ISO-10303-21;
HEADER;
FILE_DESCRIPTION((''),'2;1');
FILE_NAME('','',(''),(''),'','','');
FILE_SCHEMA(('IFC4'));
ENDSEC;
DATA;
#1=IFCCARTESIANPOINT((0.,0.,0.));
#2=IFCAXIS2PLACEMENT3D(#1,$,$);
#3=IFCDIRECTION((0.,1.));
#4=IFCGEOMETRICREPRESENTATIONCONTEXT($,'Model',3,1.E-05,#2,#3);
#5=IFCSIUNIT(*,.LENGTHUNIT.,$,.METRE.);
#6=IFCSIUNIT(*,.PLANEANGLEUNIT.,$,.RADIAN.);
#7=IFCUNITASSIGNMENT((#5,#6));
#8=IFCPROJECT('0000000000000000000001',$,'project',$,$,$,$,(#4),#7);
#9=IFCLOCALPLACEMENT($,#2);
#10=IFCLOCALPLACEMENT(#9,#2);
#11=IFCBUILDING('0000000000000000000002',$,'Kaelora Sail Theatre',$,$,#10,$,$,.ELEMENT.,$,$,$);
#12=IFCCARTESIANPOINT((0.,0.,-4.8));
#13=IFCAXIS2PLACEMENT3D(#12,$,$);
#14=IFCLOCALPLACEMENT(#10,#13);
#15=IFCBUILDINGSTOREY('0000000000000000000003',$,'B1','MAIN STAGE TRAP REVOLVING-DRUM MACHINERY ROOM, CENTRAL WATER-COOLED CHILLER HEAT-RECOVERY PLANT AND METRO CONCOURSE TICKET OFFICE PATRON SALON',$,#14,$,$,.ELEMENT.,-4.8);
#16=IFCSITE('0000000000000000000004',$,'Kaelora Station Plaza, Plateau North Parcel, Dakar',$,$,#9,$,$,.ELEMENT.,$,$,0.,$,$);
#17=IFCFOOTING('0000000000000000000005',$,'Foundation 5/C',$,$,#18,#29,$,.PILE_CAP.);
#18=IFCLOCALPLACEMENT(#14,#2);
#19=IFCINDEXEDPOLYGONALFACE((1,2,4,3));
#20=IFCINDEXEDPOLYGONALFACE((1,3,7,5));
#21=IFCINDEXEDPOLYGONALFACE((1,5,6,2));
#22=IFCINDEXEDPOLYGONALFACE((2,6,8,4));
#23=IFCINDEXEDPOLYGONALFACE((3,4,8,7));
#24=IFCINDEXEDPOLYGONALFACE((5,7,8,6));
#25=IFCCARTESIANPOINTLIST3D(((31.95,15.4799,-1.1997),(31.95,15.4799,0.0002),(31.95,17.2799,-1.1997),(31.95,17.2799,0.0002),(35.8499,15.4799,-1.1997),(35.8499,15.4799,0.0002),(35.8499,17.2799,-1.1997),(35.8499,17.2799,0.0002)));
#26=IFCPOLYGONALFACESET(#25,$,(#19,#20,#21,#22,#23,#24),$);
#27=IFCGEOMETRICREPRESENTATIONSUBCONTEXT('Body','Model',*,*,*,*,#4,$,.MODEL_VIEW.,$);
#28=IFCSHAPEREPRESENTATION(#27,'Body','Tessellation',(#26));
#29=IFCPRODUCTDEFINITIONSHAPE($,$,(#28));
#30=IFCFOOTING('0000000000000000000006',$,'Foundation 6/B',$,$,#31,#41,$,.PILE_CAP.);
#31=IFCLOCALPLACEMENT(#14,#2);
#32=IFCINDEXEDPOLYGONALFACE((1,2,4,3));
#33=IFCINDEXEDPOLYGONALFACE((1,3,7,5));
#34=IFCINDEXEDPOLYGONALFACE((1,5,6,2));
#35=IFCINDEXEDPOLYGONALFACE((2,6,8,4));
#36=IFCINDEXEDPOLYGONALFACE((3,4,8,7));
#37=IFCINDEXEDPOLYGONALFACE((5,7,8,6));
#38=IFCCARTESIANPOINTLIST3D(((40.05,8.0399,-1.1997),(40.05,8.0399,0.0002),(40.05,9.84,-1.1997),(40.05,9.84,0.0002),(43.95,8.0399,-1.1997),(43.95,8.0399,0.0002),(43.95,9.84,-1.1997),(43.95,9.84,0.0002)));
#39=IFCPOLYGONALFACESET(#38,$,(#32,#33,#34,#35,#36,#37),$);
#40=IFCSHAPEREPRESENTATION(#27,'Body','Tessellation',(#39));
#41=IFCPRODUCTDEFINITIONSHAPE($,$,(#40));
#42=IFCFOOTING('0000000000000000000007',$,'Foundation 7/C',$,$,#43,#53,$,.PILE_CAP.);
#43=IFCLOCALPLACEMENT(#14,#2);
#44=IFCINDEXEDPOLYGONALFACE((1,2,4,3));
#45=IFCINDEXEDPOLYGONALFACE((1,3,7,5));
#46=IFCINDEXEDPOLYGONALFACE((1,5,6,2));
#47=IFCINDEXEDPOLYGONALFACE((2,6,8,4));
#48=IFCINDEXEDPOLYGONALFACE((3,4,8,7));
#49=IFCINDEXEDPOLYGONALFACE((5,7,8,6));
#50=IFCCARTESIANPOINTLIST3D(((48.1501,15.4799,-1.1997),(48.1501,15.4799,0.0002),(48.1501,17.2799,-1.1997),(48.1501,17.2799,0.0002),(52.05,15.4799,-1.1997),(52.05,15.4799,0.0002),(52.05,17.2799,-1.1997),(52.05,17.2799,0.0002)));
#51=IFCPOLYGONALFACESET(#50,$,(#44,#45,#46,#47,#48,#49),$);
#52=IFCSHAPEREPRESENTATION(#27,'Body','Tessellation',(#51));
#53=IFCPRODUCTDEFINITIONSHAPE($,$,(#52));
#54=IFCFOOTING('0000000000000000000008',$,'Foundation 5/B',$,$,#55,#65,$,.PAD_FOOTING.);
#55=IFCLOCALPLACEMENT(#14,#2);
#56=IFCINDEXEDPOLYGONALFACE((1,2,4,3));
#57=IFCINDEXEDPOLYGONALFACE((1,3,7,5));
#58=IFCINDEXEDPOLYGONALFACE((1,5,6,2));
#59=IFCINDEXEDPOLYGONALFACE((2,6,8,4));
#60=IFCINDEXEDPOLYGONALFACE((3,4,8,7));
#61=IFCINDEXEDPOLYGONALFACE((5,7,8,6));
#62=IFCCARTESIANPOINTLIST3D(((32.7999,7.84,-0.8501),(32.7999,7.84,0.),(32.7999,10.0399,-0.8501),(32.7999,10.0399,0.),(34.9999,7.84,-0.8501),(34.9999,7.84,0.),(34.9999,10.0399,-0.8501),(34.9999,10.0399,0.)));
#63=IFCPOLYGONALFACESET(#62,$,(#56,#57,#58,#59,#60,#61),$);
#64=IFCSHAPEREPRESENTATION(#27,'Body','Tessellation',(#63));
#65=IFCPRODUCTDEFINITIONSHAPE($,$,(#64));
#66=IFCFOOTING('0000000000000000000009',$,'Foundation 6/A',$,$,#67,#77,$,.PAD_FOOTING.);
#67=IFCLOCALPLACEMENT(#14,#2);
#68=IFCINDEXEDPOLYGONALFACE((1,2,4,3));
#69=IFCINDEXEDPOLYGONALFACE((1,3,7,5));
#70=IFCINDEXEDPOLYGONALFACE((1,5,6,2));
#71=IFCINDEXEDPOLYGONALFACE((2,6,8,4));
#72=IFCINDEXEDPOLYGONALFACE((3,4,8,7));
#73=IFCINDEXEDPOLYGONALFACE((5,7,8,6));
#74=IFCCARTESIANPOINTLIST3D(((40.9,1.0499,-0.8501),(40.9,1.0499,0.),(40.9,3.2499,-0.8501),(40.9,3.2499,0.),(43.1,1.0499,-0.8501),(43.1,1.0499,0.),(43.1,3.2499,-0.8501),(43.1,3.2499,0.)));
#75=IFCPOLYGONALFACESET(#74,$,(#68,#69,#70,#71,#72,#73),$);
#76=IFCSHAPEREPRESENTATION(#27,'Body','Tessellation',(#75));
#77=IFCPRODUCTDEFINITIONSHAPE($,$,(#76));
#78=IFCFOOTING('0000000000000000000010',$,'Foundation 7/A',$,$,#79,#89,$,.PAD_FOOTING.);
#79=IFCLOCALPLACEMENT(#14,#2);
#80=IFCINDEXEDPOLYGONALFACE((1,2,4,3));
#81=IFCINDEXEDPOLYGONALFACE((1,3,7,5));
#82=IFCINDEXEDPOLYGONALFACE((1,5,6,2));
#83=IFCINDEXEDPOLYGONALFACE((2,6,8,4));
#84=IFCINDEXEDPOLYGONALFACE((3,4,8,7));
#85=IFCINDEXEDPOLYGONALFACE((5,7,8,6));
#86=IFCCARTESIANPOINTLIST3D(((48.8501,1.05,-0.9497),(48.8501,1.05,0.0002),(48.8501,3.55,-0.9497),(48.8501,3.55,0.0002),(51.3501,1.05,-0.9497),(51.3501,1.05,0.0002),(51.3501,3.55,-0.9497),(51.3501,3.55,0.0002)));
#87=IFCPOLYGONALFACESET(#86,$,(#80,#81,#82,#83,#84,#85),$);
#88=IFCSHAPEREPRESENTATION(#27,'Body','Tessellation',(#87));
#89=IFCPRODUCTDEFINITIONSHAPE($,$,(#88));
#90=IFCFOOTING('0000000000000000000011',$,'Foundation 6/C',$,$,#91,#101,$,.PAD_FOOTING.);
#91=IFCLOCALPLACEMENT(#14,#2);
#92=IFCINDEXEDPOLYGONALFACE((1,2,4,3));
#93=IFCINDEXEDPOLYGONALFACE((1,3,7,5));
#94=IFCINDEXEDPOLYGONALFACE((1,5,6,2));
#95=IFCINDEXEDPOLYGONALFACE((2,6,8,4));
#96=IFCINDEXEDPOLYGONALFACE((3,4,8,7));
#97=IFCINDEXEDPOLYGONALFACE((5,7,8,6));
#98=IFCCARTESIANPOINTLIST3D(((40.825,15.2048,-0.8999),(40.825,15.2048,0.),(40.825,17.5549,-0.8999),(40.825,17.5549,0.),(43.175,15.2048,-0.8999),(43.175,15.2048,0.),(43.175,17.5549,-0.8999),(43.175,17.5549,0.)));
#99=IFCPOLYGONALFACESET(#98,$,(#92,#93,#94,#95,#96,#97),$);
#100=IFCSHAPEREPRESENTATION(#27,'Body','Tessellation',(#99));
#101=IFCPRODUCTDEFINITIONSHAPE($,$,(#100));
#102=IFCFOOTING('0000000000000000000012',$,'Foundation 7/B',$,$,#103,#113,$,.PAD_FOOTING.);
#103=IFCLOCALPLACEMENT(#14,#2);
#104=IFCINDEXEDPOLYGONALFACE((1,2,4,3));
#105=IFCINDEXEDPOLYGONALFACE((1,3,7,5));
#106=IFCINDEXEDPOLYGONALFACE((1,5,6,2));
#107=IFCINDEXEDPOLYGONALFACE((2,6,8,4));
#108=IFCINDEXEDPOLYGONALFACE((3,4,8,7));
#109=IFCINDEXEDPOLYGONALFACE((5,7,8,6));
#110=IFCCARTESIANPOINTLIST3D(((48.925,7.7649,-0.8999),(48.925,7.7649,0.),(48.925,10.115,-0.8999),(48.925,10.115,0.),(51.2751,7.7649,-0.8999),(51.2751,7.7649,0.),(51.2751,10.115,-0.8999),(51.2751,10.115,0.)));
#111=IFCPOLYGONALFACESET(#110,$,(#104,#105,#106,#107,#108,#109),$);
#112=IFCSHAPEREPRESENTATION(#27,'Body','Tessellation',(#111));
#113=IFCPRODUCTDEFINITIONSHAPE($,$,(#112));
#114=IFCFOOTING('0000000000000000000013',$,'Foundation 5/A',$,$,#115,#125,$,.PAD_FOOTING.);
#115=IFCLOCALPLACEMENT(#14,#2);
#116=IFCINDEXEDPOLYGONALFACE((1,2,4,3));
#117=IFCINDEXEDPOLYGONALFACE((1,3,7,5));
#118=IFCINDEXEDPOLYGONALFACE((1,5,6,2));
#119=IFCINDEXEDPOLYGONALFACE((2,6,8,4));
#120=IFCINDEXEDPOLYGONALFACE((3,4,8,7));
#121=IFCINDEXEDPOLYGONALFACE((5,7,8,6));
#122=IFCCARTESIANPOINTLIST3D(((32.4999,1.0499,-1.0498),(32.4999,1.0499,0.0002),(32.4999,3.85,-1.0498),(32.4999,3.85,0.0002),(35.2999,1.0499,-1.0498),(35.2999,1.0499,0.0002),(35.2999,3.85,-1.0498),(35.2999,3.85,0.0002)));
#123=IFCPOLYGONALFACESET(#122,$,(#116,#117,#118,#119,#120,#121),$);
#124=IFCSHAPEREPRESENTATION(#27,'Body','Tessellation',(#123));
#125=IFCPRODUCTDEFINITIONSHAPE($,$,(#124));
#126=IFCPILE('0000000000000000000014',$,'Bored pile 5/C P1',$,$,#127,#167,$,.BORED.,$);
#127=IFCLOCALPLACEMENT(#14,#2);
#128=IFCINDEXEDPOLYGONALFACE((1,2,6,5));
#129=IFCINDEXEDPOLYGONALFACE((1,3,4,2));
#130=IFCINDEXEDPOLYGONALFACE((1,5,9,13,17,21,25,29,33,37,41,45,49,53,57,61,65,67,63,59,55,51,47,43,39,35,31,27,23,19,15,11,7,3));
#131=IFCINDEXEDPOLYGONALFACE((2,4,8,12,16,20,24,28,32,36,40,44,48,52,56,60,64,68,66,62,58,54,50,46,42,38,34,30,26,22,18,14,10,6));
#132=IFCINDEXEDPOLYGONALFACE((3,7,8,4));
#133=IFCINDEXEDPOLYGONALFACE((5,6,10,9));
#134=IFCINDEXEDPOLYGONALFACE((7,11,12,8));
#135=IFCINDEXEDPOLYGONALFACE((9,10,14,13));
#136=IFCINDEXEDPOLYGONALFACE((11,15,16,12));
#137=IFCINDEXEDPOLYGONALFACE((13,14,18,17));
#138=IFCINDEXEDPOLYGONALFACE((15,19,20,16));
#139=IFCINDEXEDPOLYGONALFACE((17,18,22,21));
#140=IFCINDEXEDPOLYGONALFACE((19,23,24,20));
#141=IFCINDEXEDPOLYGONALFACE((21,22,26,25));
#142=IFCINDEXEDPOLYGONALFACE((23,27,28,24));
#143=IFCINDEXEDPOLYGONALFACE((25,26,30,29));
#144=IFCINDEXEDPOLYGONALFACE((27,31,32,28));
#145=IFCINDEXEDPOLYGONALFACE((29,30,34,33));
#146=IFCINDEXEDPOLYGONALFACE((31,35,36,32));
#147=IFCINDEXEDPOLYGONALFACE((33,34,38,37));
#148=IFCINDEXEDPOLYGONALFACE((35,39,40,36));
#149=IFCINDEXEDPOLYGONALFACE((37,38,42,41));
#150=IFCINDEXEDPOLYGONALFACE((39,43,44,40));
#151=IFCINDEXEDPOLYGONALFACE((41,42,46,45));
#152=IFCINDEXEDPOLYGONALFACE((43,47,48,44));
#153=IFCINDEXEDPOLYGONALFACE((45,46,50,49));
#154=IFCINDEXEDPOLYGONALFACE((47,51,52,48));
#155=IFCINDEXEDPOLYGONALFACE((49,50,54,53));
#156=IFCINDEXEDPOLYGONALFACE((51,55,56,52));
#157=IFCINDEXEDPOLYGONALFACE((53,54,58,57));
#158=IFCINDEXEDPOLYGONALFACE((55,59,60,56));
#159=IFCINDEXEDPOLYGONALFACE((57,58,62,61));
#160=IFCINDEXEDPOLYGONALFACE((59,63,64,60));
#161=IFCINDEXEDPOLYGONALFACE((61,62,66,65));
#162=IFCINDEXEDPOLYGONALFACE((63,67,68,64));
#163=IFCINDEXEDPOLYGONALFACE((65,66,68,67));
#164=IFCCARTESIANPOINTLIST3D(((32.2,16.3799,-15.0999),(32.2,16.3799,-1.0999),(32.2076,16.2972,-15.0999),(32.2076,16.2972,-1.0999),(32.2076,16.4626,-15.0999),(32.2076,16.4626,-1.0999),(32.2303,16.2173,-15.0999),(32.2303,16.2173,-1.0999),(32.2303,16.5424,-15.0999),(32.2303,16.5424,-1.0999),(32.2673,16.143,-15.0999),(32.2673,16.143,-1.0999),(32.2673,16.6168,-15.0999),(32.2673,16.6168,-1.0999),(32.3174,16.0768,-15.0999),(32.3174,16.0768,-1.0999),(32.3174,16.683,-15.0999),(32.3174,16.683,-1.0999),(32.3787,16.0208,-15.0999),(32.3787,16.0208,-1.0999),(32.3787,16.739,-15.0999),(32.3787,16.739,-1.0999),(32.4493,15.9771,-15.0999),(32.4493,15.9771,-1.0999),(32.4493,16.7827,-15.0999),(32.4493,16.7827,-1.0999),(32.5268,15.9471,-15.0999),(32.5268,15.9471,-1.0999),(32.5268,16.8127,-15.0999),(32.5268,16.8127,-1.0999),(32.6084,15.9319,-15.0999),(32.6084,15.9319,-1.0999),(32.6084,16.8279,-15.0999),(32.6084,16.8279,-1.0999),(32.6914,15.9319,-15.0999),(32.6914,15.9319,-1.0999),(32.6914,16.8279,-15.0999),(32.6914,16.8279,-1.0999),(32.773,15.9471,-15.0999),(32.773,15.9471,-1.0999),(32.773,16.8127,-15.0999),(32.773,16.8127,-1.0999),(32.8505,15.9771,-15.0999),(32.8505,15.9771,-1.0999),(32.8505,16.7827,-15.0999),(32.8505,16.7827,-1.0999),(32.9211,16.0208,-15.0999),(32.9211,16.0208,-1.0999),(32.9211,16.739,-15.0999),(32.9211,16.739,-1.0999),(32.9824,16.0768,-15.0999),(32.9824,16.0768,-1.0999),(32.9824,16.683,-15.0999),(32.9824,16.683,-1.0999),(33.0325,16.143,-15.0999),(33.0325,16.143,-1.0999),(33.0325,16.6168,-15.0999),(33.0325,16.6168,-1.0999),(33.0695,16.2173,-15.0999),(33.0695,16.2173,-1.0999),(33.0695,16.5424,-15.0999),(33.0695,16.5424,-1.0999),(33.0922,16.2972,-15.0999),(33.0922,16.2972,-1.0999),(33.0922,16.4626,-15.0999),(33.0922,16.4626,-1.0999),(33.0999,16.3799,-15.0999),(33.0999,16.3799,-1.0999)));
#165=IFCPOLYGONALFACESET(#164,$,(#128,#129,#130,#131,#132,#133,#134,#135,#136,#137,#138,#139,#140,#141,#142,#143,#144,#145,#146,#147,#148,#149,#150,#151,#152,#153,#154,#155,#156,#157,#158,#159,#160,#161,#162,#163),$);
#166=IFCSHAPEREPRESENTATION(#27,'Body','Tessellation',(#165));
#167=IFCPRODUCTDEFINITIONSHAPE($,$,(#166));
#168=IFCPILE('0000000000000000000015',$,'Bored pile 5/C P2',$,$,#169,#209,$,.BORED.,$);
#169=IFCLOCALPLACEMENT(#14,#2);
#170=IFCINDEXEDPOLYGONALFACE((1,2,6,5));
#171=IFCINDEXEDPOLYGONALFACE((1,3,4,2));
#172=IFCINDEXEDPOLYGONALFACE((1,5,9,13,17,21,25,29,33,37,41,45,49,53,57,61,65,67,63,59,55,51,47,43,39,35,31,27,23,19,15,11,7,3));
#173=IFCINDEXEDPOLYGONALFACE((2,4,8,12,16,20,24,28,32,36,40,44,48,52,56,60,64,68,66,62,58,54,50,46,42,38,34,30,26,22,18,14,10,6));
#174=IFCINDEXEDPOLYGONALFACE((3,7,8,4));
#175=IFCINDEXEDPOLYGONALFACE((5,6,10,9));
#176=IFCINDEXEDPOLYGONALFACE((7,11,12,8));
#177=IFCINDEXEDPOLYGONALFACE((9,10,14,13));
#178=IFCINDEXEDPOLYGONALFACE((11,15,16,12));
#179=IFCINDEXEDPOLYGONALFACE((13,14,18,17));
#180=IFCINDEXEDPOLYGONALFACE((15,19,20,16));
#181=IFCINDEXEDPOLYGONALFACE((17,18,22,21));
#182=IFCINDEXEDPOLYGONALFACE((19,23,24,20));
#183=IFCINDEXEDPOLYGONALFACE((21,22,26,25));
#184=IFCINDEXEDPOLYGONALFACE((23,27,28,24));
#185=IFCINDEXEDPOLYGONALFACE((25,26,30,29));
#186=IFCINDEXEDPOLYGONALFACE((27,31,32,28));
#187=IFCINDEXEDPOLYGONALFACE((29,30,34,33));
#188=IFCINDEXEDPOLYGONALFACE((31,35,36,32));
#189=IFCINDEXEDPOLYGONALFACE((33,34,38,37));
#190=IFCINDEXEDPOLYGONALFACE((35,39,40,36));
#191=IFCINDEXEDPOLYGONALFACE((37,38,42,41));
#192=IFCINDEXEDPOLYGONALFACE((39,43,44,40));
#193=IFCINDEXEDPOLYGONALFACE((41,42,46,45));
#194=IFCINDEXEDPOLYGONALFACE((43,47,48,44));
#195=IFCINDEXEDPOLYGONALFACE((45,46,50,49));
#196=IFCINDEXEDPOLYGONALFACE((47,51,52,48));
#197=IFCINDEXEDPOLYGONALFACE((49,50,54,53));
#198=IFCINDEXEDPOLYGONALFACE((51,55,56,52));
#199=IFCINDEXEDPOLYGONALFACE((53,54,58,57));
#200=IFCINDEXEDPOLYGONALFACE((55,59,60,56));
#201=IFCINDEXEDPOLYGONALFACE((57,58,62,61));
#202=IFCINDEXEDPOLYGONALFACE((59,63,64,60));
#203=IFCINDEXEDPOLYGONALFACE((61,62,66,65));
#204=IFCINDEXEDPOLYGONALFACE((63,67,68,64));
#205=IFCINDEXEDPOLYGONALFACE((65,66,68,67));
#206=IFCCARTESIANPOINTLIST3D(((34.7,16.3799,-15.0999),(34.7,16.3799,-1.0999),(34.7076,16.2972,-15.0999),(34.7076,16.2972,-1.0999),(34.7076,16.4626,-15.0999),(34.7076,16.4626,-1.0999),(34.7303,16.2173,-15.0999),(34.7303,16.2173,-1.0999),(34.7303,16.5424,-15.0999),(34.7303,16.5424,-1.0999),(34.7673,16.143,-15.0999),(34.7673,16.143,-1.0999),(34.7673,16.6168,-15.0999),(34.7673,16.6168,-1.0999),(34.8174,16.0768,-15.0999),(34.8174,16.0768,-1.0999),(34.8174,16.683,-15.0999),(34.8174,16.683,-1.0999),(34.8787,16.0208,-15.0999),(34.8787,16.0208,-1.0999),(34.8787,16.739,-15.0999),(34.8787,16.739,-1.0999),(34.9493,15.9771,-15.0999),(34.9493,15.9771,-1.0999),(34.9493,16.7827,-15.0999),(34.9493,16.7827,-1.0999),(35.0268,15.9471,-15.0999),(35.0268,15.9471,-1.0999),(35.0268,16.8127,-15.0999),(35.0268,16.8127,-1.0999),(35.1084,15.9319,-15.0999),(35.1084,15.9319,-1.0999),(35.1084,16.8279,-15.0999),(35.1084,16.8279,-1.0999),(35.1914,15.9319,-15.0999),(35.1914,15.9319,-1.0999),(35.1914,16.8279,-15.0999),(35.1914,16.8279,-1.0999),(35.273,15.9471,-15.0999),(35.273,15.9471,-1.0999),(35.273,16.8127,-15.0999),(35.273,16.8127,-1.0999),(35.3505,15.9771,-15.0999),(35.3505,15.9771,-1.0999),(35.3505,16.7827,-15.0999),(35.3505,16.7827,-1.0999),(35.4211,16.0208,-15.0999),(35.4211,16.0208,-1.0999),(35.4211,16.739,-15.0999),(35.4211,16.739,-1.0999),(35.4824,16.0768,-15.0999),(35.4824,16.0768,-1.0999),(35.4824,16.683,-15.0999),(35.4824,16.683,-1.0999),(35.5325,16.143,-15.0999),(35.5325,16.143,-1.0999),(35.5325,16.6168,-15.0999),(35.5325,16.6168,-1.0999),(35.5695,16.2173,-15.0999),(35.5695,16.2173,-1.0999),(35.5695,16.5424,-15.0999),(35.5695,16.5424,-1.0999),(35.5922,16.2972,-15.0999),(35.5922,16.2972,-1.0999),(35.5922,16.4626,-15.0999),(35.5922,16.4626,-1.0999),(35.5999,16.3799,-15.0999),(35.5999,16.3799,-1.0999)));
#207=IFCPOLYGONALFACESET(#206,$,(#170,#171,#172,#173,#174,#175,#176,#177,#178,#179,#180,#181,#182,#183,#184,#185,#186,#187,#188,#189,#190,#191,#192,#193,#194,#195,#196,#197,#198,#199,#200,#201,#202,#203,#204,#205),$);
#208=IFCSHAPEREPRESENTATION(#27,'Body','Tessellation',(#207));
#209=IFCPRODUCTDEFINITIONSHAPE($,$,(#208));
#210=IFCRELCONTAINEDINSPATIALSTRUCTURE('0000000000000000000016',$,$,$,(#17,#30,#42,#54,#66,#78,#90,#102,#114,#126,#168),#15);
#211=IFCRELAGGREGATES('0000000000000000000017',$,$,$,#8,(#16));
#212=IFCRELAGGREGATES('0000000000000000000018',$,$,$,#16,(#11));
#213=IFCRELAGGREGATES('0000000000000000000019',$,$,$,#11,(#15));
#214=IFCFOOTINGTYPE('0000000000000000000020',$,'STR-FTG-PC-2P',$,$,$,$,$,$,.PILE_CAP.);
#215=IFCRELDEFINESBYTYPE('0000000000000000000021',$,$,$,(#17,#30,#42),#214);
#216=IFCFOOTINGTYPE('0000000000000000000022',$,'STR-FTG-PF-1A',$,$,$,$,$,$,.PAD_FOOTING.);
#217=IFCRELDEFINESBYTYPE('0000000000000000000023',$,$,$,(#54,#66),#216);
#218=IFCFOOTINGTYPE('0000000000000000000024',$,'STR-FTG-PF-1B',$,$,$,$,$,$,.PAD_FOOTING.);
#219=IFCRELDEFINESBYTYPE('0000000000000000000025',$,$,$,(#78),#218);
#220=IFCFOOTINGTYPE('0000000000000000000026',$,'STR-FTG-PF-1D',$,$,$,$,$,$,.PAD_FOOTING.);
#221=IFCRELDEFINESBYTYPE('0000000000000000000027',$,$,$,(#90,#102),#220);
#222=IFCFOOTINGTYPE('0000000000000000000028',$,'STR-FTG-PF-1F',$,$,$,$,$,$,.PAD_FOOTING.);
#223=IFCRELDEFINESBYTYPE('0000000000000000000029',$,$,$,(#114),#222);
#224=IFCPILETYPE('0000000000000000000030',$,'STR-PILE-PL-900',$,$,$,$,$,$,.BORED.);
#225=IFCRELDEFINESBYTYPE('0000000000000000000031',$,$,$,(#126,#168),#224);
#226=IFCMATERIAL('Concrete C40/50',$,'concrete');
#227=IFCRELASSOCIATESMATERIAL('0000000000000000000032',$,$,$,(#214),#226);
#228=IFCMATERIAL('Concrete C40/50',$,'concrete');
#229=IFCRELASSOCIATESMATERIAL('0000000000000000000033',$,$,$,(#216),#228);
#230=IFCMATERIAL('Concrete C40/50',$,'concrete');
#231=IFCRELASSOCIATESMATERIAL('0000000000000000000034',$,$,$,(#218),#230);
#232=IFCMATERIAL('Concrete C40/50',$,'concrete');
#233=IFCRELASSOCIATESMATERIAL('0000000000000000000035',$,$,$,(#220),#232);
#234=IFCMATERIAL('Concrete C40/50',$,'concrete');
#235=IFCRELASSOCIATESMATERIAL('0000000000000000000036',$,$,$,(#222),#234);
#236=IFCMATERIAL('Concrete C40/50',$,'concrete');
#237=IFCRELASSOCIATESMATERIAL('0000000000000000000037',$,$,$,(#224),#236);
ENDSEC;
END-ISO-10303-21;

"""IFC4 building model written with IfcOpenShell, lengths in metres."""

from ifc_helpers import new_model, si_unit, direction, frame, origin, origin_2d, place, context, subcontext, project, spatial, rectangle, circle, extrude, material, material_profile, profile_set, type_object, element, save


model = new_model("IFC4")

# Units and contexts
model_context = context("Model", 3, precision=1e-05, world=origin(), true_north=direction((0.0, 1.0)))
body_context = subcontext(model_context, "Body", "Model", "MODEL_VIEW")
ifc_project = project(units=[si_unit("LENGTHUNIT", "METRE"), si_unit("PLANEANGLEUNIT", "RADIAN")], contexts=[model_context])

# Site, building, storey
site_placement = place(None, origin())
site = spatial("IfcSite", under=ifc_project, at=site_placement, Name="Kaelora Station Plaza, Plateau North Parcel, Dakar", CompositionType="ELEMENT", RefElevation=0.0)
building_placement = place(site_placement, origin())
building = spatial("IfcBuilding", under=site, at=building_placement, Name="Kaelora Sail Theatre", CompositionType="ELEMENT")
storey_placement = place(building_placement, frame((0.0, 0.0, -4.8)))
storey = spatial("IfcBuildingStorey", under=building, at=storey_placement, Name="B1", Description="MAIN STAGE TRAP REVOLVING-DRUM MACHINERY ROOM, CENTRAL WATER-COOLED CHILLER HEAT-RECOVERY PLANT AND METRO CONCOURSE TICKET OFFICE PATRON SALON", CompositionType="ELEMENT", Elevation=-4.8)

# Footings
ifc_material_1 = material(Name="Concrete C40/50", Category="concrete")
footing_type_1 = type_object("IfcFootingType", Name="STR-FTG-PC-2P", PredefinedType="PILE_CAP", material=ifc_material_1)
for number, where, z_axis, x_axis, name in (
    (1, (33.8999, 16.3799, -1.1997), (0.0, 0.0, 1.0), (1.0, 0.0, 0.0), "Foundation 5/C"),
    (2, (42.0, 8.9399, -1.1997), (0.0, 0.0, 1.0), (1.0, 0.0, 0.0), "Foundation 6/B"),
    (3, (50.1001, 16.3799, -1.1997), (0.0, 0.0, 1.0), (1.0, 0.0, 0.0), "Foundation 7/C"),
):
    element("IfcFooting", number, at=place(storey_placement, frame(where, z_axis=z_axis, x_axis=x_axis)), inside=storey, type_object=footing_type_1, Name=name, PredefinedType="PILE_CAP", context=body_context, shape_type="SweptSolid", body=[
        extrude(rectangle(XDim=3.8999, YDim=1.8, at=origin_2d()), origin(), (0.0, 0.0, 1.0), 1.2),
    ])
ifc_material_2 = material(Name="Concrete C40/50", Category="concrete")
footing_type_2 = type_object("IfcFootingType", Name="STR-FTG-PF-1A", PredefinedType="PAD_FOOTING", material=ifc_material_2)
for number, where, z_axis, x_axis, name in (
    (4, (33.8999, 8.9399, -0.8501), (0.0, 0.0, 1.0), (1.0, 0.0, 0.0), "Foundation 5/B"),
    (5, (42.0, 2.1499, -0.8501), (0.0, 0.0, 1.0), (1.0, 0.0, 0.0), "Foundation 6/A"),
):
    element("IfcFooting", number, at=place(storey_placement, frame(where, z_axis=z_axis, x_axis=x_axis)), inside=storey, type_object=footing_type_2, Name=name, PredefinedType="PAD_FOOTING", context=body_context, shape_type="SweptSolid", body=[
        extrude(rectangle(XDim=2.2, YDim=2.2, at=origin_2d()), origin(), (0.0, 0.0, 1.0), 0.8501),
    ])
ifc_material_3 = material(Name="Concrete C40/50", Category="concrete")
footing_type_3 = type_object("IfcFootingType", Name="STR-FTG-PF-1B", PredefinedType="PAD_FOOTING", material=ifc_material_3)
footing_1_placement = place(storey_placement, frame((50.1001, 2.3, -0.9497), z_axis=(0.0, 0.0, 1.0), x_axis=(1.0, 0.0, 0.0)))
element("IfcFooting", 6, at=footing_1_placement, inside=storey, type_object=footing_type_3, Name="Foundation 7/A", PredefinedType="PAD_FOOTING", context=body_context, shape_type="SweptSolid", body=[
    extrude(rectangle(XDim=2.5, YDim=2.5, at=origin_2d()), origin(), (0.0, 0.0, 1.0), 0.95),
])
ifc_material_4 = material(Name="Concrete C40/50", Category="concrete")
footing_type_4 = type_object("IfcFootingType", Name="STR-FTG-PF-1D", PredefinedType="PAD_FOOTING", material=ifc_material_4)
for number, where, z_axis, x_axis, name in (
    (7, (42.0, 16.3799, -0.8999), (0.0, 0.0, 1.0), (1.0, 0.0, 0.0), "Foundation 6/C"),
    (8, (50.1001, 8.9399, -0.8999), (0.0, 0.0, 1.0), (1.0, 0.0, 0.0), "Foundation 7/B"),
):
    element("IfcFooting", number, at=place(storey_placement, frame(where, z_axis=z_axis, x_axis=x_axis)), inside=storey, type_object=footing_type_4, Name=name, PredefinedType="PAD_FOOTING", context=body_context, shape_type="SweptSolid", body=[
        extrude(rectangle(XDim=2.3501, YDim=2.3501, at=origin_2d()), origin(), (0.0, 0.0, 1.0), 0.8999),
    ])
ifc_material_5 = material(Name="Concrete C40/50", Category="concrete")
footing_type_5 = type_object("IfcFootingType", Name="STR-FTG-PF-1F", PredefinedType="PAD_FOOTING", material=ifc_material_5)
footing_2_placement = place(storey_placement, frame((33.8999, 2.45, -1.0498), z_axis=(0.0, 0.0, 1.0), x_axis=(1.0, 0.0, 0.0)))
element("IfcFooting", 9, at=footing_2_placement, inside=storey, type_object=footing_type_5, Name="Foundation 5/A", PredefinedType="PAD_FOOTING", context=body_context, shape_type="SweptSolid", body=[
    extrude(rectangle(XDim=2.8, YDim=2.8, at=origin_2d()), origin(), (0.0, 0.0, 1.0), 1.05),
])

# Piles
ifc_material_6 = material(Name="Concrete C40/50", Category="concrete")
ifc_material_profile_1 = material_profile(ifc_material_6, circle(Radius=0.45, at=origin_2d()), Name="PILE D900")
ifc_profile_set_1 = profile_set([ifc_material_profile_1], Name="Concrete C40/50")
pile_type = type_object("IfcPileType", Name="STR-PILE-PL-900", PredefinedType="BORED", material=ifc_profile_set_1)
for number, where, z_axis, x_axis, name in (
    (10, (32.6499, 16.3799, -1.0999), (0.0, 0.0, -1.0), (1.0, 0.0, 0.0), "Bored pile 5/C P1"),
    (11, (35.1499, 16.3799, -1.0999), (0.0, 0.0, -1.0), (1.0, 0.0, 0.0), "Bored pile 5/C P2"),
):
    element("IfcPile", number, at=place(storey_placement, frame(where, z_axis=z_axis, x_axis=x_axis)), inside=storey, type_object=pile_type, Name=name, PredefinedType="BORED", context=body_context, shape_type="SweptSolid", body=[
        extrude(circle(Radius=0.45, at=origin_2d()), origin(), (0.0, 0.0, 1.0), 14.0),
    ])

save(model, "model.ifc")
